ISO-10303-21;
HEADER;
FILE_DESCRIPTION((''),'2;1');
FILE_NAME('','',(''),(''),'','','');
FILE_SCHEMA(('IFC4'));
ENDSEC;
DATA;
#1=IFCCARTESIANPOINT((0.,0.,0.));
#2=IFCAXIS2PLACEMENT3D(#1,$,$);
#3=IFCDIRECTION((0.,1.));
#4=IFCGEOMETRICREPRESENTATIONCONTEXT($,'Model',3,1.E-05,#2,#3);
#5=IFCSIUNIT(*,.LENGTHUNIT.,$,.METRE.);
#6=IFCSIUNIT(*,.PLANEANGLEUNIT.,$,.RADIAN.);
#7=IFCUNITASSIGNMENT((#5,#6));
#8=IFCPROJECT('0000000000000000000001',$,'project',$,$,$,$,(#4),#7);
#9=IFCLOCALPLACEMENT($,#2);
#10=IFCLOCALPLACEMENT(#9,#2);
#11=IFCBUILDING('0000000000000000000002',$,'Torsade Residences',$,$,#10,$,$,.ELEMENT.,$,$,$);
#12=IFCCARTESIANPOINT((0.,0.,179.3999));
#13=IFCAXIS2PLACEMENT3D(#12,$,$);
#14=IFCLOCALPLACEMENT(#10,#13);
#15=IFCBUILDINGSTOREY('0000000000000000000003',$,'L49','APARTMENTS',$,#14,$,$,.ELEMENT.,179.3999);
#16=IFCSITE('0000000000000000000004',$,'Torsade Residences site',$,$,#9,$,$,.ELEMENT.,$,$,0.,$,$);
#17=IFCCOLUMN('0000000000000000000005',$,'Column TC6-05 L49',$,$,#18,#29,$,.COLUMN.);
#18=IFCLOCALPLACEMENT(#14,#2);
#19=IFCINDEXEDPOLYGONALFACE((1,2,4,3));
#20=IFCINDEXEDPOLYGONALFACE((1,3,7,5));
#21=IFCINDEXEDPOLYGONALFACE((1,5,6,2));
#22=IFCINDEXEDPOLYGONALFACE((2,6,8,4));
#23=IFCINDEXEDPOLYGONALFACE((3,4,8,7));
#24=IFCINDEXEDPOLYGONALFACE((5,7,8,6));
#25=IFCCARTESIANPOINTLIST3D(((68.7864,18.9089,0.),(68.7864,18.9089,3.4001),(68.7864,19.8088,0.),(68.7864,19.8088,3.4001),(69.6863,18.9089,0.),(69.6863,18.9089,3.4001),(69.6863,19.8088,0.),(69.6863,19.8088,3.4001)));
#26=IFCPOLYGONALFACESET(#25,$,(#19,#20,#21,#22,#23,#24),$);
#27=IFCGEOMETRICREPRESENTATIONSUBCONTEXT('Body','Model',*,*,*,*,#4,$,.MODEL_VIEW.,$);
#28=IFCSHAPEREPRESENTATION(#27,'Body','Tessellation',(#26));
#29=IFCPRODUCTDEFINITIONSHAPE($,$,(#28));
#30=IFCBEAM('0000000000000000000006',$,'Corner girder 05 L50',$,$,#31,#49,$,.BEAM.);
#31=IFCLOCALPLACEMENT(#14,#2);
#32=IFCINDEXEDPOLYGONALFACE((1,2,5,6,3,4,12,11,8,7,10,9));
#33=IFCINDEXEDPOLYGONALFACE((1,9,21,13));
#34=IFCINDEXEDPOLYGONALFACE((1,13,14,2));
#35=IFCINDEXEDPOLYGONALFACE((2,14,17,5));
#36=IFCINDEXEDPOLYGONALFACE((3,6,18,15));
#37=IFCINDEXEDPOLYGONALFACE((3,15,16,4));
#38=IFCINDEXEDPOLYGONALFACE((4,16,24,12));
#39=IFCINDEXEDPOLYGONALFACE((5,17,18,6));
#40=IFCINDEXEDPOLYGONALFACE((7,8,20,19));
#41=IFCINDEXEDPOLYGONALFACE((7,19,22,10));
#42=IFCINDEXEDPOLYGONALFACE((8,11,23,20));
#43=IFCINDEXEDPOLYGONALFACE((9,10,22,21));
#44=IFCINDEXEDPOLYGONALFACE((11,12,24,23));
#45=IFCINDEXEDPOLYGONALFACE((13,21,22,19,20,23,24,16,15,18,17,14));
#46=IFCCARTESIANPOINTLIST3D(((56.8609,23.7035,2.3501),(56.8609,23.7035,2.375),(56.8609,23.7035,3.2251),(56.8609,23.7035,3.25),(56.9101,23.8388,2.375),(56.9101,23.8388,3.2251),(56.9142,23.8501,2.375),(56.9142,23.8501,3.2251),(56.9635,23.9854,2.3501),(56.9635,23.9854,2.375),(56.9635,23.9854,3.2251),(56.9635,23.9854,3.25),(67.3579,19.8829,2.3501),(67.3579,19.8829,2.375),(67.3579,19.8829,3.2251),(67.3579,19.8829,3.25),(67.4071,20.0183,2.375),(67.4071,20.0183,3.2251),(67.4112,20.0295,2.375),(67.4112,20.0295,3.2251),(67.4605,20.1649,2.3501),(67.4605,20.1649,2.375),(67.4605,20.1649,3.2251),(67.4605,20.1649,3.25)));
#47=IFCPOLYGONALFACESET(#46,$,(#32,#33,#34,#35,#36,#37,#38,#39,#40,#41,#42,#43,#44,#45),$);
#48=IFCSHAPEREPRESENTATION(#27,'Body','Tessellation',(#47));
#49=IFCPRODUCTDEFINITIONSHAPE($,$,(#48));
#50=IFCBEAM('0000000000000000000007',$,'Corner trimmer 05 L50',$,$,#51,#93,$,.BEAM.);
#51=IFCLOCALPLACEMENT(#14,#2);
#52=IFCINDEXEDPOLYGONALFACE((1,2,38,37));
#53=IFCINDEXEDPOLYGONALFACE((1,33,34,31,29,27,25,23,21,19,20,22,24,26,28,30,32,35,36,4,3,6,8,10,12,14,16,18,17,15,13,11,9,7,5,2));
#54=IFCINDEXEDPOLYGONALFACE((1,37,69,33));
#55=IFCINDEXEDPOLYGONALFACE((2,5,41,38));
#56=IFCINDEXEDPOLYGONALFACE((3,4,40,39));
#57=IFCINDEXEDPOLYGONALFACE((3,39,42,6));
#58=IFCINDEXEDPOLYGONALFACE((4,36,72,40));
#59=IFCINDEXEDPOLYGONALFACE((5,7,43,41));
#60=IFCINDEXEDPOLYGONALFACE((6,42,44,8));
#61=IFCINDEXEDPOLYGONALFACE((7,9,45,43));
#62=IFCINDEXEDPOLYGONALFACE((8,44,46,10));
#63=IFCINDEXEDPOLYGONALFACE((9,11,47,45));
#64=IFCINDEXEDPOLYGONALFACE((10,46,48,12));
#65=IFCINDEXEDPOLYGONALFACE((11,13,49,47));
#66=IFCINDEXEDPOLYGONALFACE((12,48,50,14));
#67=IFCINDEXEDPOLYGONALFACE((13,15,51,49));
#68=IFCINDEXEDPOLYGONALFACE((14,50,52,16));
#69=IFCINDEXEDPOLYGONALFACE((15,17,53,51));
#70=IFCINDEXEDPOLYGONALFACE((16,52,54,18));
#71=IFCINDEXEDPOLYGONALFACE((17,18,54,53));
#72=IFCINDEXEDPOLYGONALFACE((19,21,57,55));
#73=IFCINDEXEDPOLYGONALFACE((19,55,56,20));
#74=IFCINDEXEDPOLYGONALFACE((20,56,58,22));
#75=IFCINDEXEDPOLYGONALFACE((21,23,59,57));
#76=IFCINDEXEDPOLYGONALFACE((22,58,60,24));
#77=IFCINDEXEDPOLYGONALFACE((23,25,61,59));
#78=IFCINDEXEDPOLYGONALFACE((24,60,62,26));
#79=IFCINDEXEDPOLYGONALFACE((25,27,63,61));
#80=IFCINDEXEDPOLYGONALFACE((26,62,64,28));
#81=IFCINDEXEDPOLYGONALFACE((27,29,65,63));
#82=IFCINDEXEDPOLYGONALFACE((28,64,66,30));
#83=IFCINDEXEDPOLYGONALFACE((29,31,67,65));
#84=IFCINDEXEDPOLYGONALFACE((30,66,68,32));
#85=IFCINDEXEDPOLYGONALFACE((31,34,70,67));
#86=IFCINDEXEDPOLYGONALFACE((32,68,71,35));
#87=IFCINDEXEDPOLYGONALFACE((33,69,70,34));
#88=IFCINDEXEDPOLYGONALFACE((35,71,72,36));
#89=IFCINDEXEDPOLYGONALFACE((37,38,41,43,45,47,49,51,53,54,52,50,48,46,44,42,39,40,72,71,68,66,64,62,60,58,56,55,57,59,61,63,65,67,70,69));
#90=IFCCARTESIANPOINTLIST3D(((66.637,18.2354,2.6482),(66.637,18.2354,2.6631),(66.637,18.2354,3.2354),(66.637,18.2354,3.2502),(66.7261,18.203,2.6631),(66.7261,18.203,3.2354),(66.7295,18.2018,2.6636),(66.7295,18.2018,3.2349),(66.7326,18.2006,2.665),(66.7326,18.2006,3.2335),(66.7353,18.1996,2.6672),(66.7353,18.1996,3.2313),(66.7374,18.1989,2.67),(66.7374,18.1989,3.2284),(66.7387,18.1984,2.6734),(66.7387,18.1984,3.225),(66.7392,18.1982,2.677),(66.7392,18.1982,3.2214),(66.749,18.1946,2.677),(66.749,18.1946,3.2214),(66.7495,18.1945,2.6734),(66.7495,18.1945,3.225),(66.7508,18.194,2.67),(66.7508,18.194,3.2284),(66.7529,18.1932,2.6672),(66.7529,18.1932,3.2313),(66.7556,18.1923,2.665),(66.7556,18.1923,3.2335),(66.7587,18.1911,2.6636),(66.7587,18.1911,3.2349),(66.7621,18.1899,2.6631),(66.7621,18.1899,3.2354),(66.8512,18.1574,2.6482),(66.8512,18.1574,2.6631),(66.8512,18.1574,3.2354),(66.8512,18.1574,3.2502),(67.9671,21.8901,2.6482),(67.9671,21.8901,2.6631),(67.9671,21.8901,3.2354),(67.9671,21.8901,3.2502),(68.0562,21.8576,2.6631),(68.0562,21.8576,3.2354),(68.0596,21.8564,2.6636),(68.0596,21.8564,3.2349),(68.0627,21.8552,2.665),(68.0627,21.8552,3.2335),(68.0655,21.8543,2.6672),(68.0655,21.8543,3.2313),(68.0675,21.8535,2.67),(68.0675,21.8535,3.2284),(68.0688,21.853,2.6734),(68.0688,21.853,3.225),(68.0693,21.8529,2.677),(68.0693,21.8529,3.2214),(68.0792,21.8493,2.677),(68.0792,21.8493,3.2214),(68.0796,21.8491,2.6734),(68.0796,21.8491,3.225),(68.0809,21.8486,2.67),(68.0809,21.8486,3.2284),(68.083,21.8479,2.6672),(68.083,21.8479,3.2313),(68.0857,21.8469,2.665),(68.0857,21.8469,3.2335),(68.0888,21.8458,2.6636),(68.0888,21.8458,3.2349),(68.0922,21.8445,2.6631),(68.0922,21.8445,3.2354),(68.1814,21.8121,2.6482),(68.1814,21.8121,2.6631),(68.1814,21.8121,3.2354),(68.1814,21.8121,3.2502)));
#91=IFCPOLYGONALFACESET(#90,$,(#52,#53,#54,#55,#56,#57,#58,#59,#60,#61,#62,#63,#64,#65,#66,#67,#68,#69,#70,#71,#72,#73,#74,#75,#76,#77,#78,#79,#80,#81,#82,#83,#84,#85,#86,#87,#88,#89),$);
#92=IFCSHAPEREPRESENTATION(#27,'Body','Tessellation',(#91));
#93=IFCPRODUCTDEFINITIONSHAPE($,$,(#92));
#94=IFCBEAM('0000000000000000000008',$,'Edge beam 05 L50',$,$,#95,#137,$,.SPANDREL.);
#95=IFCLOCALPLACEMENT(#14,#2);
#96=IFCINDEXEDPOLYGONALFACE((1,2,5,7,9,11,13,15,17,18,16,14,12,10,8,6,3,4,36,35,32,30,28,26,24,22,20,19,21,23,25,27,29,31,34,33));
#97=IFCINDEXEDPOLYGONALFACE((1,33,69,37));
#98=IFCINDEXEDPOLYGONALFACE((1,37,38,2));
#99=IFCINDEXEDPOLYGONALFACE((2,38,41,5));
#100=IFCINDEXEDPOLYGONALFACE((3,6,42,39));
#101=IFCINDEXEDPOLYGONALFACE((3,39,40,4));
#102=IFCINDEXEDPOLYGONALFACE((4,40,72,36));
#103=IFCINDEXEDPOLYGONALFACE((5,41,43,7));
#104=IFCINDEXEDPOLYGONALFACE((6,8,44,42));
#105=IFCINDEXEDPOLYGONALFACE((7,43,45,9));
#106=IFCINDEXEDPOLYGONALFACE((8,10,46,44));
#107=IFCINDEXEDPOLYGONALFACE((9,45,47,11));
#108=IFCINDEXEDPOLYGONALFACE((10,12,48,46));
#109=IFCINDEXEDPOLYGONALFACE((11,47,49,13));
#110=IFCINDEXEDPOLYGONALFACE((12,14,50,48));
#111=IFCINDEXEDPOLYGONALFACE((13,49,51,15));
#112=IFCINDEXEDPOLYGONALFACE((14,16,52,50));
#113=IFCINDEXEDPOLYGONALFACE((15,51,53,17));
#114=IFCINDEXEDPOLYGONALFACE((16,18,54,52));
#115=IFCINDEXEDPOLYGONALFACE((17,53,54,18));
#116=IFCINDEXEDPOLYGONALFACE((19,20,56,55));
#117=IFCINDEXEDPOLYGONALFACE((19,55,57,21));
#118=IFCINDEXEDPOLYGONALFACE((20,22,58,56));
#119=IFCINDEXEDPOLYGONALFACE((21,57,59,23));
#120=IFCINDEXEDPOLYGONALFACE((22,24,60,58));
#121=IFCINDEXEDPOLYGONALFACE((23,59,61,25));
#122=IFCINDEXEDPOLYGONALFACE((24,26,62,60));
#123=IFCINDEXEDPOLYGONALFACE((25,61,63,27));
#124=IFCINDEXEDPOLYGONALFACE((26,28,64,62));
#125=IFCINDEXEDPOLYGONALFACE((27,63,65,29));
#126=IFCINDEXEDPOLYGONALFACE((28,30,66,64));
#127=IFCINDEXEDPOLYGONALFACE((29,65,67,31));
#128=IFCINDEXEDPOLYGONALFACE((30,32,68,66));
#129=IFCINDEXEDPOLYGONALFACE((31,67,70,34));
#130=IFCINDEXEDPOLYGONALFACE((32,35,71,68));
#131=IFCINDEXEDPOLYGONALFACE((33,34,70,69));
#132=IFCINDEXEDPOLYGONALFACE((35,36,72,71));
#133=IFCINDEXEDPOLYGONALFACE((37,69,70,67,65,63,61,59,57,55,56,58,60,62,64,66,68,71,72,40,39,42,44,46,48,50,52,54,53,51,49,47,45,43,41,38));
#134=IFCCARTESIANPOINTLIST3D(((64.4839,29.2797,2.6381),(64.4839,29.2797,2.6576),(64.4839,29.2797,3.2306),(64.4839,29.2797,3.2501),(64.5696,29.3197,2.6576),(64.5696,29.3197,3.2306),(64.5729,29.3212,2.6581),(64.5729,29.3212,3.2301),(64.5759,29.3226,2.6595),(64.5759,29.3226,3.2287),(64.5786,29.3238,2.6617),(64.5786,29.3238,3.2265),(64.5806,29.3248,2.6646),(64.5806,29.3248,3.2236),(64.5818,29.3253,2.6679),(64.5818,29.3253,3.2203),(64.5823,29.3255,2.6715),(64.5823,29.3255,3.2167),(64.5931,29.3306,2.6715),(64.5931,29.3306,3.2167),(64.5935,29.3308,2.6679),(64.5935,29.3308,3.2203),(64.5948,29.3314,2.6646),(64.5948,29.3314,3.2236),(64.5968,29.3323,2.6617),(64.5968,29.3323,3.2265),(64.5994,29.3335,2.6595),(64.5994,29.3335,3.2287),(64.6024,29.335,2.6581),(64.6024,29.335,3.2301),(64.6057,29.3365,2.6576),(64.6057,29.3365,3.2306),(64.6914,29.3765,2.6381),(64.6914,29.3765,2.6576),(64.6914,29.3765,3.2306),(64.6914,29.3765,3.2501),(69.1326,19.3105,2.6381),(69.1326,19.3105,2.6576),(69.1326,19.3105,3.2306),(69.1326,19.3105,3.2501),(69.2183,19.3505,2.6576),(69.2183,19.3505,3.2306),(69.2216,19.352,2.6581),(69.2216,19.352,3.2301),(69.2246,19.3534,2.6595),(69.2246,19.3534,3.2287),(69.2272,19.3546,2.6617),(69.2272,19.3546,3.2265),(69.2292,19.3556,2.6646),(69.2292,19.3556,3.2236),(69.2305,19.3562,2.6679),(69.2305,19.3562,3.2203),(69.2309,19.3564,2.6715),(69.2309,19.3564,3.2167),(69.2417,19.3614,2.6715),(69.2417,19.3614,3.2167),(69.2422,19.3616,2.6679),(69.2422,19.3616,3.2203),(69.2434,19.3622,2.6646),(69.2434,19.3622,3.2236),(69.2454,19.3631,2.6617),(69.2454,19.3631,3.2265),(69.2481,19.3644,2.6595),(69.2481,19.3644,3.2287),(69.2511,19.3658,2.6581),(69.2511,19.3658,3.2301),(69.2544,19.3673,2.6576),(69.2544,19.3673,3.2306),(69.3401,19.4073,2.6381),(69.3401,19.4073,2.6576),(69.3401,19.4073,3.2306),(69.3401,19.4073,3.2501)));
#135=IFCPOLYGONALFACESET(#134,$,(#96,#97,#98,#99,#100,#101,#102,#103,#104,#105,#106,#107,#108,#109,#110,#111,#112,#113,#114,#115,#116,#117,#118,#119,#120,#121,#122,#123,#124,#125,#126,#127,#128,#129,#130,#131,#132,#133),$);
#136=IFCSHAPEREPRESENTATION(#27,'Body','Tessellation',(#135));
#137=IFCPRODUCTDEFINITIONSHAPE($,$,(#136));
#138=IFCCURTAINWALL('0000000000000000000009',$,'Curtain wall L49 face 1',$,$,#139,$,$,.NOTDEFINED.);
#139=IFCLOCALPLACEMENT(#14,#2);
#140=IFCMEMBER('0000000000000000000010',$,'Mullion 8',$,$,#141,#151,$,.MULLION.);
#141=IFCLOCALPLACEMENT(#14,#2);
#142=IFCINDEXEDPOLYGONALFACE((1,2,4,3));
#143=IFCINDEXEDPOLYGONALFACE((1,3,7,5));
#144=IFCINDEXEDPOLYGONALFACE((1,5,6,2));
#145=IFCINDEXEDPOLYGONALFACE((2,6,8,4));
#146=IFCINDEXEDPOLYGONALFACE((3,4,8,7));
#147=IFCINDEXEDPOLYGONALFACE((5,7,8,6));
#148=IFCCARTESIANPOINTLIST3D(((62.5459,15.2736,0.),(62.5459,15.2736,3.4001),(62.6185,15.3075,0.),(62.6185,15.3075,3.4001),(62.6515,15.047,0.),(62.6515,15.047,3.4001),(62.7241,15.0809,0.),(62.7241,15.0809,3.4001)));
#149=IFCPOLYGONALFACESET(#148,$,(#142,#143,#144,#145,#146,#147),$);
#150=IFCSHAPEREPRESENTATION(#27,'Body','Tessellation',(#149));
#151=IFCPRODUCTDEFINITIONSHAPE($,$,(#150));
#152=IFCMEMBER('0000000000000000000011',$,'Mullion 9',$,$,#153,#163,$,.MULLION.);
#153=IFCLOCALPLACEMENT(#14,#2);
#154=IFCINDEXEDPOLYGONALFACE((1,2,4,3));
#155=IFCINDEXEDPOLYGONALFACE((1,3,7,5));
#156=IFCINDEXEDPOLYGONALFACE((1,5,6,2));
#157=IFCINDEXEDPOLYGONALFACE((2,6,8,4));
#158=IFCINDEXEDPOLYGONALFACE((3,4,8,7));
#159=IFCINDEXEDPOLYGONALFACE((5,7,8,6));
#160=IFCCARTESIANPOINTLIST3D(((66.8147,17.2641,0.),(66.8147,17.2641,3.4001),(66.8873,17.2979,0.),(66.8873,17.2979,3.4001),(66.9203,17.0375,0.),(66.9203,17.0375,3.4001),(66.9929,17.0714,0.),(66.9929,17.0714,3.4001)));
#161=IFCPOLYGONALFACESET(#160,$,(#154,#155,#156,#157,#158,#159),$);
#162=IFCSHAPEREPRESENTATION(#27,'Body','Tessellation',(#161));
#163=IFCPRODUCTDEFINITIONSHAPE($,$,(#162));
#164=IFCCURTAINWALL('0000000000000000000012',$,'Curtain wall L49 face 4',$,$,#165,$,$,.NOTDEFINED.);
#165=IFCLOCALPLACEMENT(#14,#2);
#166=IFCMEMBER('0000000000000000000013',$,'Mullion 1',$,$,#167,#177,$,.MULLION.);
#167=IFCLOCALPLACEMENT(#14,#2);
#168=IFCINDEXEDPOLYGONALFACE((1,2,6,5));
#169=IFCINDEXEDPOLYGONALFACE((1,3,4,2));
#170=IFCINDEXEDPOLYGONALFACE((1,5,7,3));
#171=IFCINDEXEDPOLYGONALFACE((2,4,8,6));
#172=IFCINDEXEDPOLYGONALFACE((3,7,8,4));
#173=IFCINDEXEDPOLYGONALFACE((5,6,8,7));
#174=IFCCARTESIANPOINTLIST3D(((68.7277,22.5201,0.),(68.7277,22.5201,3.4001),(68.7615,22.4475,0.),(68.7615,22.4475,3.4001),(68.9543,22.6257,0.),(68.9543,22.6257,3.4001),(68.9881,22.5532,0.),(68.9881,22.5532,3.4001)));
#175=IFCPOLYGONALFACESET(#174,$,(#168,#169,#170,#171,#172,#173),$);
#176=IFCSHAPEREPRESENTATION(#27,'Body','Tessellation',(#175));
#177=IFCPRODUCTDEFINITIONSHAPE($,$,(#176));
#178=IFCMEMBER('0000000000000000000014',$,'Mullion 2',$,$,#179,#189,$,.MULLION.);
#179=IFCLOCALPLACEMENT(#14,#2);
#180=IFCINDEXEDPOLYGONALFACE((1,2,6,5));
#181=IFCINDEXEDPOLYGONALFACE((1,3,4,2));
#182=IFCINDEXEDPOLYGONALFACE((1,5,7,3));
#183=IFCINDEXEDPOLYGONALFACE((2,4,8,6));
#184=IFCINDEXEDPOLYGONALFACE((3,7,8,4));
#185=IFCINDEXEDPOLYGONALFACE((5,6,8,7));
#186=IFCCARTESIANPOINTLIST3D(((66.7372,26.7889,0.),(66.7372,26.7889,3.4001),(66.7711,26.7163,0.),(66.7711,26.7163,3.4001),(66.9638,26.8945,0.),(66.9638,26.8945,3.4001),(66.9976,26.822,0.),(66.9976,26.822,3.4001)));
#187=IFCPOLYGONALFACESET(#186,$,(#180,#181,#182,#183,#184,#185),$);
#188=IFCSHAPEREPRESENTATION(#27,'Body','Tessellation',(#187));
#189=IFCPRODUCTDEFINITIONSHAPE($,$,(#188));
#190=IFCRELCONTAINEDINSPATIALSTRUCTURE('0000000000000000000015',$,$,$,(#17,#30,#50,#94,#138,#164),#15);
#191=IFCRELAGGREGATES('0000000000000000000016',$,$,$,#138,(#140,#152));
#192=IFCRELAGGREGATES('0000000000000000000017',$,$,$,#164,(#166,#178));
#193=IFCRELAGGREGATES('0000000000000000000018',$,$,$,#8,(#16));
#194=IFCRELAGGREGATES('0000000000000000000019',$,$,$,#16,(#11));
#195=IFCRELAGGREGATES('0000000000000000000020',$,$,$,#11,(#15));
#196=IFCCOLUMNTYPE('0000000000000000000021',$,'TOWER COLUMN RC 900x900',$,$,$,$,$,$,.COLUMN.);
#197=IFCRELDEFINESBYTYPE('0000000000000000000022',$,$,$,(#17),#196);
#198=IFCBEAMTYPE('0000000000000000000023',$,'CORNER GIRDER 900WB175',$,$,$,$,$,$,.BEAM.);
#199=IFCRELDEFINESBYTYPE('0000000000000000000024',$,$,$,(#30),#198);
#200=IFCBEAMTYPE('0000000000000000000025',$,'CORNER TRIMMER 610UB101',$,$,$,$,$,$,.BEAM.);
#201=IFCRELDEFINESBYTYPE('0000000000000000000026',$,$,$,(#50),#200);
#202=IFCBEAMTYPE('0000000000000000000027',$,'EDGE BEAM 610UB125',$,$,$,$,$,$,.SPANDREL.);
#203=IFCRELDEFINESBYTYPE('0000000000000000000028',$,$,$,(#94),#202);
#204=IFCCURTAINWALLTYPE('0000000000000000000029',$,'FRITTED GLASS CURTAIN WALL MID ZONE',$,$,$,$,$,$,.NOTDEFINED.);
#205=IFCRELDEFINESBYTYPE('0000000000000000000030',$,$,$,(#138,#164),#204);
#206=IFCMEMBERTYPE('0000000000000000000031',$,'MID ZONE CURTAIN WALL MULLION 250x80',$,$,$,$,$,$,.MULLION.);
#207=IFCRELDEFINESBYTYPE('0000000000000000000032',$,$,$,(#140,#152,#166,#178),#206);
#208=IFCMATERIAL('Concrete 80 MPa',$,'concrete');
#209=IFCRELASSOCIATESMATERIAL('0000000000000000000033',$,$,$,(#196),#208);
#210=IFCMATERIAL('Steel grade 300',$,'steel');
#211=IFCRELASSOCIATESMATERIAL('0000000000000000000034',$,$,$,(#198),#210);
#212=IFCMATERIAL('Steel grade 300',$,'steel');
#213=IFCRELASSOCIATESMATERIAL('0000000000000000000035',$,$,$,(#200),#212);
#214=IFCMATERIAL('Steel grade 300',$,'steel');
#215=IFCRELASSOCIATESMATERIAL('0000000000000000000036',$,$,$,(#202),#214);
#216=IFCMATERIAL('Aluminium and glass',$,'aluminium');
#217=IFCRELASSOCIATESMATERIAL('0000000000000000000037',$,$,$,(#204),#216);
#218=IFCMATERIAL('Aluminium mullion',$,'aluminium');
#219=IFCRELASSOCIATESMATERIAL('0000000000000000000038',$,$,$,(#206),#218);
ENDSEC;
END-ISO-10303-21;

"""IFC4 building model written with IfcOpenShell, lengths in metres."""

from ifc_helpers import new_model, si_unit, direction, frame, origin, origin_2d, place, context, subcontext, project, spatial, rectangle, i_section, extrude, material, material_profile, profile_set, type_object, element, aggregate, save


model = new_model("IFC4")

# Units and contexts
model_context = context("Model", 3, precision=1e-05, world=origin(), true_north=direction((0.0, 1.0)))
body_context = subcontext(model_context, "Body", "Model", "MODEL_VIEW")
ifc_project = project(units=[si_unit("LENGTHUNIT", "METRE"), si_unit("PLANEANGLEUNIT", "RADIAN")], contexts=[model_context])

# Site, building, storey
site_placement = place(None, origin())
site = spatial("IfcSite", under=ifc_project, at=site_placement, Name="Torsade Residences site", CompositionType="ELEMENT", RefElevation=0.0)
building_placement = place(site_placement, origin())
building = spatial("IfcBuilding", under=site, at=building_placement, Name="Torsade Residences", CompositionType="ELEMENT")
storey_placement = place(building_placement, frame((0.0, 0.0, 179.3999)))
storey = spatial("IfcBuildingStorey", under=building, at=storey_placement, Name="L49", Description="APARTMENTS", CompositionType="ELEMENT", Elevation=179.3999)

# Column
ifc_material_1 = material(Name="Concrete 80 MPa", Category="concrete")
ifc_material_profile_1 = material_profile(ifc_material_1, rectangle(XDim=0.8999, YDim=0.8999, at=origin_2d()), Name="RC 900x900")
ifc_profile_set_1 = profile_set([ifc_material_profile_1], Name="Concrete 80 MPa")
column_type = type_object("IfcColumnType", Name="TOWER COLUMN RC 900x900", PredefinedType="COLUMN", material=ifc_profile_set_1)
column_placement = place(storey_placement, frame((69.2363, 19.3589, 0.0), z_axis=(0.0, 0.0, 1.0), x_axis=(1.0, 0.0, 0.0)))
element("IfcColumn", 1, at=column_placement, inside=storey, type_object=column_type, Name="Column TC6-05 L49", PredefinedType="COLUMN", context=body_context, shape_type="SweptSolid", body=[
    extrude(rectangle(XDim=0.8999, YDim=0.8999, at=origin_2d()), origin(), (0.0, 0.0, 1.0), 3.4001),
])

# Beams
ifc_material_2 = material(Name="Steel grade 300", Category="steel")
ifc_material_profile_2 = material_profile(ifc_material_2, i_section(OverallWidth=0.3, OverallDepth=0.8999, WebThickness=0.012, FlangeThickness=0.0249, at=origin_2d()), Name="900WB175")
ifc_profile_set_2 = profile_set([ifc_material_profile_2], Name="Steel grade 300")
beam_type_1 = type_object("IfcBeamType", Name="CORNER GIRDER 900WB175", PredefinedType="BEAM", material=ifc_profile_set_2)
beam_1_placement = place(storey_placement, frame((67.4092, 20.0239, 2.8), z_axis=(-0.939694, 0.342015, 0.0), x_axis=(-0.342015, -0.939694, 0.0)))
element("IfcBeam", 2, at=beam_1_placement, inside=storey, type_object=beam_type_1, Name="Corner girder 05 L50", PredefinedType="BEAM", context=body_context, shape_type="SweptSolid", body=[
    extrude(i_section(OverallWidth=0.3, OverallDepth=0.8999, WebThickness=0.012, FlangeThickness=0.0249, at=origin_2d()), origin(), (0.0, 0.0, 1.0), 11.1707),
])
ifc_material_3 = material(Name="Steel grade 300", Category="steel")
ifc_material_profile_3 = material_profile(ifc_material_3, i_section(OverallWidth=0.228, OverallDepth=0.6021, WebThickness=0.0105, FlangeThickness=0.0149, FilletRadius=0.0139, at=origin_2d()), Name="610UB101")
ifc_profile_set_3 = profile_set([ifc_material_profile_3], Name="Steel grade 300")
beam_type_2 = type_object("IfcBeamType", Name="CORNER TRIMMER 610UB101", PredefinedType="BEAM", material=ifc_profile_set_3)
beam_2_placement = place(storey_placement, frame((68.0742, 21.8511, 2.9492), z_axis=(-0.342005, -0.939698, 0.0), x_axis=(0.939698, -0.342005, 0.0)))
element("IfcBeam", 3, at=beam_2_placement, inside=storey, type_object=beam_type_2, Name="Corner trimmer 05 L50", PredefinedType="BEAM", context=body_context, shape_type="SweptSolid", body=[
    extrude(i_section(OverallWidth=0.228, OverallDepth=0.6021, WebThickness=0.0105, FlangeThickness=0.0149, FilletRadius=0.0139, at=origin_2d()), origin(), (0.0, 0.0, 1.0), 3.8892),
])
ifc_material_4 = material(Name="Steel grade 300", Category="steel")
ifc_material_profile_4 = material_profile(ifc_material_4, i_section(OverallWidth=0.229, OverallDepth=0.6121, WebThickness=0.012, FlangeThickness=0.0195, FilletRadius=0.0139, at=origin_2d()), Name="610UB125")
ifc_profile_set_4 = profile_set([ifc_material_profile_4], Name="Steel grade 300")
beam_type_3 = type_object("IfcBeamType", Name="EDGE BEAM 610UB125", PredefinedType="SPANDREL", material=ifc_profile_set_4)
beam_3_placement = place(storey_placement, frame((69.2363, 19.3589, 2.9441), z_axis=(-0.422614, 0.90631, 0.0), x_axis=(-0.90631, -0.422614, 0.0)))
element("IfcBeam", 4, at=beam_3_placement, inside=storey, type_object=beam_type_3, Name="Edge beam 05 L50", PredefinedType="SPANDREL", context=body_context, shape_type="SweptSolid", body=[
    extrude(i_section(OverallWidth=0.229, OverallDepth=0.6121, WebThickness=0.012, FlangeThickness=0.0195, FilletRadius=0.0139, at=origin_2d()), origin(), (0.0, 0.0, 1.0), 10.9998),
])

# Curtain walls, members
ifc_material_5 = material(Name="Aluminium and glass", Category="aluminium")
curtain_wall_type = type_object("IfcCurtainWallType", Name="FRITTED GLASS CURTAIN WALL MID ZONE", PredefinedType="NOTDEFINED", material=ifc_material_5)
curtain_wall_1_placement = place(storey_placement, origin())
curtain_wall_1 = element("IfcCurtainWall", 5, at=curtain_wall_1_placement, inside=storey, type_object=curtain_wall_type, Name="Curtain wall L49 face 1", PredefinedType="NOTDEFINED")
ifc_material_6 = material(Name="Aluminium mullion", Category="aluminium")
ifc_material_profile_5 = material_profile(ifc_material_6, rectangle(XDim=0.25, YDim=0.0801, at=origin_2d()), Name="MID ZONE CURTAIN WALL MULLION 250x80")
ifc_profile_set_5 = profile_set([ifc_material_profile_5], Name="Aluminium mullion")
member_type_1 = type_object("IfcMemberType", Name="MID ZONE CURTAIN WALL MULLION 250x80", PredefinedType="MULLION", material=ifc_profile_set_5)
member_1_placement = place(storey_placement, frame((62.635, 15.1772, 0.0), z_axis=(0.0, 0.0, 1.0), x_axis=(-0.422618, 0.906308, 0.0)))
member_1 = element("IfcMember", 6, at=member_1_placement, type_object=member_type_1, Name="Mullion 8", PredefinedType="MULLION", context=body_context, shape_type="SweptSolid", body=[
    extrude(rectangle(XDim=0.25, YDim=0.0801, at=origin_2d()), origin(), (0.0, 0.0, 1.0), 3.4001),
])
member_2_placement = place(storey_placement, frame((66.9038, 17.1677, 0.0), z_axis=(0.0, 0.0, 1.0), x_axis=(-0.422618, 0.906308, 0.0)))
member_2 = element("IfcMember", 7, at=member_2_placement, type_object=member_type_1, Name="Mullion 9", PredefinedType="MULLION", context=body_context, shape_type="SweptSolid", body=[
    extrude(rectangle(XDim=0.25, YDim=0.0801, at=origin_2d()), origin(), (0.0, 0.0, 1.0), 3.4001),
])
curtain_wall_2_placement = place(storey_placement, origin())
curtain_wall_2 = element("IfcCurtainWall", 8, at=curtain_wall_2_placement, inside=storey, type_object=curtain_wall_type, Name="Curtain wall L49 face 4", PredefinedType="NOTDEFINED")
member_3_placement = place(storey_placement, frame((68.8579, 22.5366, 0.0), z_axis=(0.0, 0.0, 1.0), x_axis=(-0.906308, -0.422618, 0.0)))
member_3 = element("IfcMember", 9, at=member_3_placement, type_object=member_type_1, Name="Mullion 1", PredefinedType="MULLION", context=body_context, shape_type="SweptSolid", body=[
    extrude(rectangle(XDim=0.25, YDim=0.0801, at=origin_2d()), origin(), (0.0, 0.0, 1.0), 3.4001),
])
member_4_placement = place(storey_placement, frame((66.8674, 26.8054, 0.0), z_axis=(0.0, 0.0, 1.0), x_axis=(-0.906308, -0.422618, 0.0)))
member_4 = element("IfcMember", 10, at=member_4_placement, type_object=member_type_1, Name="Mullion 2", PredefinedType="MULLION", context=body_context, shape_type="SweptSolid", body=[
    extrude(rectangle(XDim=0.25, YDim=0.0801, at=origin_2d()), origin(), (0.0, 0.0, 1.0), 3.4001),
])

aggregate(curtain_wall_1, [member_1, member_2])
aggregate(curtain_wall_2, [member_3, member_4])

save(model, "model.ifc")
